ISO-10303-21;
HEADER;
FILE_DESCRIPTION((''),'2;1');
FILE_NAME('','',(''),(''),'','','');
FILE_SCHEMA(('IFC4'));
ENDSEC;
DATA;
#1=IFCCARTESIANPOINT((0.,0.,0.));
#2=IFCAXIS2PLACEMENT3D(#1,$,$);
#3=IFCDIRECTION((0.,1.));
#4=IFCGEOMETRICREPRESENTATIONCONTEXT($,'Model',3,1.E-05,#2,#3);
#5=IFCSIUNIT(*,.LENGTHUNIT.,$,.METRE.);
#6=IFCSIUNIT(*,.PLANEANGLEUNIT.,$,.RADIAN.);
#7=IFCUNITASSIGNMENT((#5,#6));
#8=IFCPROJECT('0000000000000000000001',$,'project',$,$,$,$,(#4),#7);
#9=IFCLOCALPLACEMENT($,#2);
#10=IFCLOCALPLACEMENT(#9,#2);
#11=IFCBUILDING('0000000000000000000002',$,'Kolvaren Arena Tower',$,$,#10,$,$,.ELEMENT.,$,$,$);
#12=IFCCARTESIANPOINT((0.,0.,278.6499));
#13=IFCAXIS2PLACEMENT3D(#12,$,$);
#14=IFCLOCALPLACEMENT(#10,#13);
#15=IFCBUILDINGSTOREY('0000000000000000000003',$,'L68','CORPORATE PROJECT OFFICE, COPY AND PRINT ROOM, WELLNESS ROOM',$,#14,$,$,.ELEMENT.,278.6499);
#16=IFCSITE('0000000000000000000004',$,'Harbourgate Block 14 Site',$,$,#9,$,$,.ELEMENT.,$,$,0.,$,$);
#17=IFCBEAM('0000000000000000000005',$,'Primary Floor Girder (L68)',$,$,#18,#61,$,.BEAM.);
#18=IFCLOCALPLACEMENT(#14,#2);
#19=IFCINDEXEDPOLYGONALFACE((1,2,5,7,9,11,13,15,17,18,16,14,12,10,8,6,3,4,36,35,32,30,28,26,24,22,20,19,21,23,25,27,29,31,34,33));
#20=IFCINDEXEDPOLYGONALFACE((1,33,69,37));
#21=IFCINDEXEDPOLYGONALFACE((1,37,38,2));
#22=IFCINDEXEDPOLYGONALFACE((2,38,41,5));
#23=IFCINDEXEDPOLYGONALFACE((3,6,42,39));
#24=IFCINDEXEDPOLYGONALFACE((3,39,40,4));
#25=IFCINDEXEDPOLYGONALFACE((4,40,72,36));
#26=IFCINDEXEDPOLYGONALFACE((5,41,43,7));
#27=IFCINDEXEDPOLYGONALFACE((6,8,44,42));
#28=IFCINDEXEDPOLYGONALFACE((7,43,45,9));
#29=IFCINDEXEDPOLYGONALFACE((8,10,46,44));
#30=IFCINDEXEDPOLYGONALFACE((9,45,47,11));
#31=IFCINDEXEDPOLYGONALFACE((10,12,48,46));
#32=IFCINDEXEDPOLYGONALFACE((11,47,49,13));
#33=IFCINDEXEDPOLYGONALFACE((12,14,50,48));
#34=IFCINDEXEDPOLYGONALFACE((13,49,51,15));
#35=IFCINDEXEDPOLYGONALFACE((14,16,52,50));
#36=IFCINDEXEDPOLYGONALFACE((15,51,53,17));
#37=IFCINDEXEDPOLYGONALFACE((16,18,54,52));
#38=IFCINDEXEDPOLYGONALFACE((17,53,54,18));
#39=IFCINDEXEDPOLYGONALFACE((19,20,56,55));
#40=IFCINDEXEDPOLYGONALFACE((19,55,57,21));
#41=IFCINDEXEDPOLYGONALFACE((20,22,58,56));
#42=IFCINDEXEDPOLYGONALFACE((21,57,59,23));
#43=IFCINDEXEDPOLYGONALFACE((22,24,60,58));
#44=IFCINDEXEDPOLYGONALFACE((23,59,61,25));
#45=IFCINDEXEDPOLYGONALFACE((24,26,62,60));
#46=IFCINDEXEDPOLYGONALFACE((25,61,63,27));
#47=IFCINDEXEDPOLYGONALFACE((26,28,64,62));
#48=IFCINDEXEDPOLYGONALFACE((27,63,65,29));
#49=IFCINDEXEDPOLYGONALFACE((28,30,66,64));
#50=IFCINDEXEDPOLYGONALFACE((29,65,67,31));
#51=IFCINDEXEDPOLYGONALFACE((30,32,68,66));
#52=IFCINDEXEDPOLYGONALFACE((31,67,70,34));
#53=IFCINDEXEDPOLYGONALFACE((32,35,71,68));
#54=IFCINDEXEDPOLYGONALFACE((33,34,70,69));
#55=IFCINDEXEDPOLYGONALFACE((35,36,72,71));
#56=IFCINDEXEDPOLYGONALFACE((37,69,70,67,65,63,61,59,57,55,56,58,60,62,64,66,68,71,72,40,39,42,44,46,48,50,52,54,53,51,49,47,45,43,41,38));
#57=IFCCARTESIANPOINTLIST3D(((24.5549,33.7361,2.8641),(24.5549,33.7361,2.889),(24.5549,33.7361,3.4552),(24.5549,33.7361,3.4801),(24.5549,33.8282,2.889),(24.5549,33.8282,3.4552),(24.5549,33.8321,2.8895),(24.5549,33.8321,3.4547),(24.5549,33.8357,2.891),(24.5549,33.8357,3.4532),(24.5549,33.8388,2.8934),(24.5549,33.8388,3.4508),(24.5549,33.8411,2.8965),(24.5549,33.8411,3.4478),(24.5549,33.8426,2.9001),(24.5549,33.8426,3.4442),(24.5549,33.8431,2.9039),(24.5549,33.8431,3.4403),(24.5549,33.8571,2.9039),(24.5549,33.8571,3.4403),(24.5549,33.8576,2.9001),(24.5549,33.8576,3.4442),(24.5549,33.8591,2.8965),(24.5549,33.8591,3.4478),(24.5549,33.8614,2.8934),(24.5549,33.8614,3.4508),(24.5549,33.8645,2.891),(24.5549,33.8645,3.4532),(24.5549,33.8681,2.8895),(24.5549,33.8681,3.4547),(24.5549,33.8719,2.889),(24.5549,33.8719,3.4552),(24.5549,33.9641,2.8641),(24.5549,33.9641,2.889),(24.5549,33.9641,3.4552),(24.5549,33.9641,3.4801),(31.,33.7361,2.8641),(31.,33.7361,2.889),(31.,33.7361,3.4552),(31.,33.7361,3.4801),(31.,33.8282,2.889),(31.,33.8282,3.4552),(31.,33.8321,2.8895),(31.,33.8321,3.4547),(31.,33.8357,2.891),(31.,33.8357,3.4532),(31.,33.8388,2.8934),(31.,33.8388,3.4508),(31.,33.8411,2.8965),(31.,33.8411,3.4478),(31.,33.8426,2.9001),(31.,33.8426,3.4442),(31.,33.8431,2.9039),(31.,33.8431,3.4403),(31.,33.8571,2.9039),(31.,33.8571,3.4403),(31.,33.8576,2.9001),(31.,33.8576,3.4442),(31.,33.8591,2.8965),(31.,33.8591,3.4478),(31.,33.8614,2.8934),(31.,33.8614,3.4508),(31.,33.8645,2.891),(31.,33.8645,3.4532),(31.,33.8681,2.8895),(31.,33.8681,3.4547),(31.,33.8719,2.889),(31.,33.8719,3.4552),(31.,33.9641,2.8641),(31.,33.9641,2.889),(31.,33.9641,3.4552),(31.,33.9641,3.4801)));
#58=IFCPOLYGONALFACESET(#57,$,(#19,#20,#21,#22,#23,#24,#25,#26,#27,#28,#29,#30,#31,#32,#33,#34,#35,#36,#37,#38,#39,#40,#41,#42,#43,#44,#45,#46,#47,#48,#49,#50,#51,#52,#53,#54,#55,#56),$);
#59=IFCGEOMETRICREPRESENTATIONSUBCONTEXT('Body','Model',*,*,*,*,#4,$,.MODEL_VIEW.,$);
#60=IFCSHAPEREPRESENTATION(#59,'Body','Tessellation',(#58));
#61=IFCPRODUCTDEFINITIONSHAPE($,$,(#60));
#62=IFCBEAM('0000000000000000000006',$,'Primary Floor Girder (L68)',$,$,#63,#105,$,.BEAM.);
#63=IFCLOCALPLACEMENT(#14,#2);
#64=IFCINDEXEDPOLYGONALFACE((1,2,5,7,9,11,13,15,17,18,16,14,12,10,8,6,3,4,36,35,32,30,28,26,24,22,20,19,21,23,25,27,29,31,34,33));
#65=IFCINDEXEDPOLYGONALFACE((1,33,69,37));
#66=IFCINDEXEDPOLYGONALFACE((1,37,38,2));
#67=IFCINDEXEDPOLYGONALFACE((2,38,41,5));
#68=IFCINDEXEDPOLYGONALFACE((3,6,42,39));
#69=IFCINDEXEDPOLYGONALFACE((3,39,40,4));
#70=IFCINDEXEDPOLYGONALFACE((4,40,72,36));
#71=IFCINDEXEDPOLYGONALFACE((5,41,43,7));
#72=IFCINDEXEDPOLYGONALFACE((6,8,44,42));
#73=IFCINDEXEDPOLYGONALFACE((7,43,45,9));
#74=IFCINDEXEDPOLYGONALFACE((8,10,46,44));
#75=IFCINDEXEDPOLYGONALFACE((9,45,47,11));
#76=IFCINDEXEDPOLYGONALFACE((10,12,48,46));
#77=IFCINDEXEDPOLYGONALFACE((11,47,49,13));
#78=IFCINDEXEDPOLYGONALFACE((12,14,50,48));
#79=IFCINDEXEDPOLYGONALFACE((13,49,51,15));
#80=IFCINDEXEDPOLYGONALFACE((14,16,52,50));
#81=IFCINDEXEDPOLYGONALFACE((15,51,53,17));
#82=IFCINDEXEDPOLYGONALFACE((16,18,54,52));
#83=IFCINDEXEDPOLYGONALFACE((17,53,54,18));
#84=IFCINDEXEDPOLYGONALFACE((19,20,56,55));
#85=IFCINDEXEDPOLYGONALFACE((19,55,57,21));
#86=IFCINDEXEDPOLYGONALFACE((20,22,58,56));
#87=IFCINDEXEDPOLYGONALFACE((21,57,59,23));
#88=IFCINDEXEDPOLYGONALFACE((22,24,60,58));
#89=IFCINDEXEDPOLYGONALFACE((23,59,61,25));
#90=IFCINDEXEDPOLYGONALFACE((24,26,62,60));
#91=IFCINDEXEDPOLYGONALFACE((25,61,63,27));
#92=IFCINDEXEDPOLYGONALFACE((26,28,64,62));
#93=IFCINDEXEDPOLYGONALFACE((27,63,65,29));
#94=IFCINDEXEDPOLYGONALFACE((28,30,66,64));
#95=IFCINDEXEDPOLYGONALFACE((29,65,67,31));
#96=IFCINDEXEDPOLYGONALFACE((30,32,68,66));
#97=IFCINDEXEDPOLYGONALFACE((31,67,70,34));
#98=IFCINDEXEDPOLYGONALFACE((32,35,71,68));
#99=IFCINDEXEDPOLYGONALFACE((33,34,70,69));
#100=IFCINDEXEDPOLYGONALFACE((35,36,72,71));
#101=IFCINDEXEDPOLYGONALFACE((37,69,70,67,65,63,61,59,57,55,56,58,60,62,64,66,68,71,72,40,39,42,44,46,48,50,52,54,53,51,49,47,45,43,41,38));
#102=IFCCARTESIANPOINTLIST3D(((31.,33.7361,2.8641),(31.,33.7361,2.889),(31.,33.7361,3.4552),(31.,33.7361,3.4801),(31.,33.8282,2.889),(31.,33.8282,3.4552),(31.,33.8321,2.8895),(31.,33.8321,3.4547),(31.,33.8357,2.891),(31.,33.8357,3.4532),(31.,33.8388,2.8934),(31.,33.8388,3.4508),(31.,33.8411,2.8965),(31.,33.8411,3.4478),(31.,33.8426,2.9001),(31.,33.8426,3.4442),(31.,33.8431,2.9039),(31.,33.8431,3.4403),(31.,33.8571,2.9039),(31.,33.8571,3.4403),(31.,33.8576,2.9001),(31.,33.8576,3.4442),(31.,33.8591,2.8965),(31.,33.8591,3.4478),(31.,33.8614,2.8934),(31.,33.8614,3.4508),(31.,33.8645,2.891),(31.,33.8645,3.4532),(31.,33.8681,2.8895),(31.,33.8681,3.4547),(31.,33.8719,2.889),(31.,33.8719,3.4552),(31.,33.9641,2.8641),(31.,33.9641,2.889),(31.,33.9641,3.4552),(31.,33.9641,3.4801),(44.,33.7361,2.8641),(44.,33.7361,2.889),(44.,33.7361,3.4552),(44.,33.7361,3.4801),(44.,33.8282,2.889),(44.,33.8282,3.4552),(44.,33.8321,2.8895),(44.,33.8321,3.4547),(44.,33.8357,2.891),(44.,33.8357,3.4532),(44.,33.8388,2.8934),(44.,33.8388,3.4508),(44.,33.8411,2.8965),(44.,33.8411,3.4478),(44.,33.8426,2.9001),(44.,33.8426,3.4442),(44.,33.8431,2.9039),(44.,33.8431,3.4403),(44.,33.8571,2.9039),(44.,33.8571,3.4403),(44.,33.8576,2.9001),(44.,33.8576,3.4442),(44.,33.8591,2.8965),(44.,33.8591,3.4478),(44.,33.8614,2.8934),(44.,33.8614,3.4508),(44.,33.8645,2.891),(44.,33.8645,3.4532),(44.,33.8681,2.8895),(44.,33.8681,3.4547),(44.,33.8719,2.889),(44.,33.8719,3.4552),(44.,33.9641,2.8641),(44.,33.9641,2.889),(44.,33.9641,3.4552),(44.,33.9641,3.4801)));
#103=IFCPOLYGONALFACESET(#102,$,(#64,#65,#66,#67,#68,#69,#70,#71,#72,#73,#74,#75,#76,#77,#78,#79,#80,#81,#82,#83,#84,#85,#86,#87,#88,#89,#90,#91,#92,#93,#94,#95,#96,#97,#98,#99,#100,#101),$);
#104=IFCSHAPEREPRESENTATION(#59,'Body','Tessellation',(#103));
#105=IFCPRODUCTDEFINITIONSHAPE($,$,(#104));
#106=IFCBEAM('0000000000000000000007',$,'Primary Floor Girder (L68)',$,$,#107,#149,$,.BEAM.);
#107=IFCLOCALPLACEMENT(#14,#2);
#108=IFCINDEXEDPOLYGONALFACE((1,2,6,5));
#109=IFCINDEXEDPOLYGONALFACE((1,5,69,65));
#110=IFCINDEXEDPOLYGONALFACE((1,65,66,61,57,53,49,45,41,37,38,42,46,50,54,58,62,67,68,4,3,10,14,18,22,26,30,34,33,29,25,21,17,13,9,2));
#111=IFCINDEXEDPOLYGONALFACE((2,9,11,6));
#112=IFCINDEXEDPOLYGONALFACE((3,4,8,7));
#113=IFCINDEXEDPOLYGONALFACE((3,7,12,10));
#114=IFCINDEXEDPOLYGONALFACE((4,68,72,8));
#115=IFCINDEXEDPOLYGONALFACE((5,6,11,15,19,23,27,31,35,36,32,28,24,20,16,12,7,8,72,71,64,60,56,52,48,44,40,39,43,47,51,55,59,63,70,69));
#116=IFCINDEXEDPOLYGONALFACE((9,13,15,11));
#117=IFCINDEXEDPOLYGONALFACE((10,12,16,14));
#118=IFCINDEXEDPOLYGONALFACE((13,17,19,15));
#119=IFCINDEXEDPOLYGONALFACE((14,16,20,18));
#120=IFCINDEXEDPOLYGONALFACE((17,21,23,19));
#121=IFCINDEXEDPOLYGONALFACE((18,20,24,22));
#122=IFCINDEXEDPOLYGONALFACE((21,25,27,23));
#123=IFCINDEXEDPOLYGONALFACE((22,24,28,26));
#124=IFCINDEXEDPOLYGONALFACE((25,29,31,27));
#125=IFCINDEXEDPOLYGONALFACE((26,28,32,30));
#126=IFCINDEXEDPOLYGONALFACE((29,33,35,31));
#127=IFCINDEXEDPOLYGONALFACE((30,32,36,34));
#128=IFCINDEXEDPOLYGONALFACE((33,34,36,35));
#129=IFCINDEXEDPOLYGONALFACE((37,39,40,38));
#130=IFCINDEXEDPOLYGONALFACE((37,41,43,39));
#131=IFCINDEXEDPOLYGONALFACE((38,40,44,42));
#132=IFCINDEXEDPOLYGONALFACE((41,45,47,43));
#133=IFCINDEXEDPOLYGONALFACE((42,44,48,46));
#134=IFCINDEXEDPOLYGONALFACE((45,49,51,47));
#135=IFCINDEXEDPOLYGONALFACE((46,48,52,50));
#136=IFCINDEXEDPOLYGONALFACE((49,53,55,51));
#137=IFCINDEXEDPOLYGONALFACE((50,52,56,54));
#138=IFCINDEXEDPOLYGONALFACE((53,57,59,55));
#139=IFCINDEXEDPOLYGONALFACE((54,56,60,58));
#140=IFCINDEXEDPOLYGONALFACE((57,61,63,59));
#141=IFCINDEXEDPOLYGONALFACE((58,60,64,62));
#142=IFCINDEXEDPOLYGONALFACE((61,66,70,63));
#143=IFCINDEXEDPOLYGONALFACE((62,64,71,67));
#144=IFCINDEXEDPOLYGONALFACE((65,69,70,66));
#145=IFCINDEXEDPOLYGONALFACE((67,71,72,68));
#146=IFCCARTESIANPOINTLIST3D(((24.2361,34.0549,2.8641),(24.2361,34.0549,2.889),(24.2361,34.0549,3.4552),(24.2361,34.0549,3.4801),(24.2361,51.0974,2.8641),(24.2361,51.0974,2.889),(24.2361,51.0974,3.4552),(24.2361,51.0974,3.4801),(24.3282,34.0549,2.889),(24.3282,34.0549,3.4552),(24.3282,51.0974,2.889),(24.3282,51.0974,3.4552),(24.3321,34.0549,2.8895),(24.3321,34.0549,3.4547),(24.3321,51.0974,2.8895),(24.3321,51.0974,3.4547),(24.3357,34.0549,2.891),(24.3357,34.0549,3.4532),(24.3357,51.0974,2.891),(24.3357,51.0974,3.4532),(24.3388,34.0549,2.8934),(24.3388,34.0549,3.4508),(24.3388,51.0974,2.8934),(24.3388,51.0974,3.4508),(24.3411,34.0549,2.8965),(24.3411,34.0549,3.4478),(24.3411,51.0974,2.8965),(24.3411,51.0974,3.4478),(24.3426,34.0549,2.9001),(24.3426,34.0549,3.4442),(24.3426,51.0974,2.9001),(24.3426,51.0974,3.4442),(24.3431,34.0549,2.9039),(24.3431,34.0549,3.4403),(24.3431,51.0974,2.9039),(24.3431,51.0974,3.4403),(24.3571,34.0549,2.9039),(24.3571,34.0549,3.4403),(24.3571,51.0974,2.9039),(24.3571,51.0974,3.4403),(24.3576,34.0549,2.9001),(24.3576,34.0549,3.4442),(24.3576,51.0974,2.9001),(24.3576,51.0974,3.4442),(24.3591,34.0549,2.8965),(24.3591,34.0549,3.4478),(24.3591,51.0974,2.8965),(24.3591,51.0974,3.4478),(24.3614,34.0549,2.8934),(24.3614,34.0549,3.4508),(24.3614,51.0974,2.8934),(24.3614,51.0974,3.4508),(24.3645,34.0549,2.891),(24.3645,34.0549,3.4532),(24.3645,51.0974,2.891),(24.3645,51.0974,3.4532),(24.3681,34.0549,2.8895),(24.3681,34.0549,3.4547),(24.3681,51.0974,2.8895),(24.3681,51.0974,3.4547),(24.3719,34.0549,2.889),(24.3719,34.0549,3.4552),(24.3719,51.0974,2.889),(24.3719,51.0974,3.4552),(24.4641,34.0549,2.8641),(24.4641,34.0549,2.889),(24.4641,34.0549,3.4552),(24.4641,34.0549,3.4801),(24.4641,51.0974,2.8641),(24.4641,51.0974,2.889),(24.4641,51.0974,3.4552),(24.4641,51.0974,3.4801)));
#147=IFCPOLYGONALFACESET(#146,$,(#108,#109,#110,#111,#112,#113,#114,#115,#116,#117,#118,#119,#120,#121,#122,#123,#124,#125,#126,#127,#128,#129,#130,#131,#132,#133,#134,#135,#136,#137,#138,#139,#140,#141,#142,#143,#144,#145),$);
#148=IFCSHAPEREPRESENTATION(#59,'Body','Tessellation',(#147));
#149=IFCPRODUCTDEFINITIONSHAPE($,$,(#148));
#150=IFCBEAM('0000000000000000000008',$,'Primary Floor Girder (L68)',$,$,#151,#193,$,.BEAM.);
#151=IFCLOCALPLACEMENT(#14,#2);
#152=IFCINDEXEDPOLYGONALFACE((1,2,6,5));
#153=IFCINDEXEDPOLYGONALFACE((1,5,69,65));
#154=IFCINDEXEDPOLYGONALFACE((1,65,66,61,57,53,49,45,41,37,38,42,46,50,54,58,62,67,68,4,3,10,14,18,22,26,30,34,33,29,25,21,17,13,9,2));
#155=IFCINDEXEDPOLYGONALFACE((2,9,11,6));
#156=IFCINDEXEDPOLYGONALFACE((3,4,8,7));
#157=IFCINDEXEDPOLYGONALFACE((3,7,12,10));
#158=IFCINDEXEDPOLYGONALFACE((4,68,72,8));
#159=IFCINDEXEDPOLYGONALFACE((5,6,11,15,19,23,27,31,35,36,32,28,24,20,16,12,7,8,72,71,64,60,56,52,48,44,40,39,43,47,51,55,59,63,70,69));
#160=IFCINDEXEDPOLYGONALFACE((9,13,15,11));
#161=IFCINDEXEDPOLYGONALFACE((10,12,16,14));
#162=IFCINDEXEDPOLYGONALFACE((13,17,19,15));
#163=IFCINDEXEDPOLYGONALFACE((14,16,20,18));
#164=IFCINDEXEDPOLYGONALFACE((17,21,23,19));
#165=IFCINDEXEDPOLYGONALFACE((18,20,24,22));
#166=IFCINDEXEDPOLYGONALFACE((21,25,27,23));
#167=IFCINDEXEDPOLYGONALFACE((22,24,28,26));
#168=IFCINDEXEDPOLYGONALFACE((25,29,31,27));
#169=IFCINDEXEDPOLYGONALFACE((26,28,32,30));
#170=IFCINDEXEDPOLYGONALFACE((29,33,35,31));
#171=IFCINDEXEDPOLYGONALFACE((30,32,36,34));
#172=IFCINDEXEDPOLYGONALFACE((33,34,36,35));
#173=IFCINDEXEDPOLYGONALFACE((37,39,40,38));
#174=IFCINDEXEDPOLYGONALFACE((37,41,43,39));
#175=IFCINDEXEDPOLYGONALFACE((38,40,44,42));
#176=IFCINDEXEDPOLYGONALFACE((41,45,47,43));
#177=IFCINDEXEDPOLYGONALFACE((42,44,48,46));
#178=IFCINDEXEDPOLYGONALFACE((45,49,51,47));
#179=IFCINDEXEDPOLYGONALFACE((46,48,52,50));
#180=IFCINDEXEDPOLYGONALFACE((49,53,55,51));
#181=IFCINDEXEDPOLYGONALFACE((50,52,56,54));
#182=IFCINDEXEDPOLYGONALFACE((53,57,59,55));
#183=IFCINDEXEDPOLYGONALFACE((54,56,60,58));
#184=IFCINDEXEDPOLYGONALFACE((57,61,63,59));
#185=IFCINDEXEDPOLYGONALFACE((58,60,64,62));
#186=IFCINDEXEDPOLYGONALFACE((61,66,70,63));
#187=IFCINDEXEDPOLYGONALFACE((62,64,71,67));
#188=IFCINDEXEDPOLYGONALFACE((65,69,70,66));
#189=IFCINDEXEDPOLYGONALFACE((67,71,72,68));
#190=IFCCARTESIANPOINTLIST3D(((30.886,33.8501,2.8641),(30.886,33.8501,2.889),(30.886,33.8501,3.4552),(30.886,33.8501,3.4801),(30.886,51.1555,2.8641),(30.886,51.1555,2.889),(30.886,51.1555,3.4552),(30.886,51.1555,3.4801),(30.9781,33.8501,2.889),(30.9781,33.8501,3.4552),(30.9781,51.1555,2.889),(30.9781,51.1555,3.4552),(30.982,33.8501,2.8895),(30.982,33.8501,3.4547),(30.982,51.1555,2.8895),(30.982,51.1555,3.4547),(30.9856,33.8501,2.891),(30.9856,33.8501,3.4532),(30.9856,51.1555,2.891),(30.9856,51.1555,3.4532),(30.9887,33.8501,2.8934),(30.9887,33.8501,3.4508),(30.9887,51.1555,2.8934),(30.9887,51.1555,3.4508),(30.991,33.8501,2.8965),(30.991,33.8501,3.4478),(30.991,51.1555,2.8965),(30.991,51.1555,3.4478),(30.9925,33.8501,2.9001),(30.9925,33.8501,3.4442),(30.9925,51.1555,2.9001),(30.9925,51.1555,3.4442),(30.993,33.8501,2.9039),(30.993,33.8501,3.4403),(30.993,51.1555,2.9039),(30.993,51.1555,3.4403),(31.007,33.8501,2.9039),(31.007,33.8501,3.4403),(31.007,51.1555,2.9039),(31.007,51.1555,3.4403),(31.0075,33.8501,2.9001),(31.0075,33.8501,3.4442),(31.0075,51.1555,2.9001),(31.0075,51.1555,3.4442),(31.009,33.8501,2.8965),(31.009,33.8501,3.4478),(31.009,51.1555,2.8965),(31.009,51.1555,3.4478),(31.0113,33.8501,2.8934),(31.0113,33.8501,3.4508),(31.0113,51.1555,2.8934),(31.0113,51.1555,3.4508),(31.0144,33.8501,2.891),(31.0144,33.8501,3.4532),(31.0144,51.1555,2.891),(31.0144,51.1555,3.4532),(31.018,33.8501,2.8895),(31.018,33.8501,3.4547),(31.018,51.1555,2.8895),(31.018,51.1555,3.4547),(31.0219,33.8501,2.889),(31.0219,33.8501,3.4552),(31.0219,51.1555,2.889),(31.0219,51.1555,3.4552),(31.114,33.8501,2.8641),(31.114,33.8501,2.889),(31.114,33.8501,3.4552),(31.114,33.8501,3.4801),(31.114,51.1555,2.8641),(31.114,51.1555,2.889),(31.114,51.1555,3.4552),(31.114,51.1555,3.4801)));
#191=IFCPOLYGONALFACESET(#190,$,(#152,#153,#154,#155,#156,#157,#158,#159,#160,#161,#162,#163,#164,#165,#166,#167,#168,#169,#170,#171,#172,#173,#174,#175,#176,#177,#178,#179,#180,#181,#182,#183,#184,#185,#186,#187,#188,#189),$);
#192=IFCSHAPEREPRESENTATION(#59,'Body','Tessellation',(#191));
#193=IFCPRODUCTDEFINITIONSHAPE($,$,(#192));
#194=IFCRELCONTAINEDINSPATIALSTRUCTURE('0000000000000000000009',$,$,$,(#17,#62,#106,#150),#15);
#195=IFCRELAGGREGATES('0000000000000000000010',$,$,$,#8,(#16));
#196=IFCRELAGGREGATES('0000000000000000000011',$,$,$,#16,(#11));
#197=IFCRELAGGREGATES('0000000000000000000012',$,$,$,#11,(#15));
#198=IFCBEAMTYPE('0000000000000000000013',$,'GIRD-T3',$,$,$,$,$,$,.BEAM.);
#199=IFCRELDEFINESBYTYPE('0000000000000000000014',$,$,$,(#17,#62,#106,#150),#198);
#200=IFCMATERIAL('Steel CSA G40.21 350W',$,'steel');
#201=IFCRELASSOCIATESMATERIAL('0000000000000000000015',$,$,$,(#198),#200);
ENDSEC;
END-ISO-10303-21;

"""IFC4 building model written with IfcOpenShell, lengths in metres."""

from ifc_helpers import new_model, si_unit, direction, frame, origin, origin_2d, place, context, subcontext, project, spatial, i_section, extrude, material, material_profile, profile_set, type_object, element, save


model = new_model("IFC4")

# Units and contexts
model_context = context("Model", 3, precision=1e-05, world=origin(), true_north=direction((0.0, 1.0)))
body_context = subcontext(model_context, "Body", "Model", "MODEL_VIEW")
ifc_project = project(units=[si_unit("LENGTHUNIT", "METRE"), si_unit("PLANEANGLEUNIT", "RADIAN")], contexts=[model_context])

# Site, building, storey
site_placement = place(None, origin())
site = spatial("IfcSite", under=ifc_project, at=site_placement, Name="Harbourgate Block 14 Site", CompositionType="ELEMENT", RefElevation=0.0)
building_placement = place(site_placement, origin())
building = spatial("IfcBuilding", under=site, at=building_placement, Name="Kolvaren Arena Tower", CompositionType="ELEMENT")
storey_placement = place(building_placement, frame((0.0, 0.0, 278.6499)))
storey = spatial("IfcBuildingStorey", under=building, at=storey_placement, Name="L68", Description="CORPORATE PROJECT OFFICE, COPY AND PRINT ROOM, WELLNESS ROOM", CompositionType="ELEMENT", Elevation=278.6499)

# Beams
ifc_material_1 = material(Name="Steel CSA G40.21 350W", Category="steel")
ifc_material_profile_1 = material_profile(ifc_material_1, i_section(OverallWidth=0.228, OverallDepth=0.616, WebThickness=0.0139, FlangeThickness=0.0249, FilletRadius=0.0149, at=origin_2d()), Name="W610x174")
ifc_profile_set_1 = profile_set([ifc_material_profile_1], Name="Steel CSA G40.21 350W")
beam_type_1 = type_object("IfcBeamType", Name="GIRD-T3", PredefinedType="BEAM", material=ifc_profile_set_1)
beam_1_placement = place(storey_placement, frame((24.5549, 33.8501, 3.1721), z_axis=(1.0, 0.0, 0.0), x_axis=(0.0, 1.0, 0.0)))
element("IfcBeam", 1, at=beam_1_placement, inside=storey, type_object=beam_type_1, Name="Primary Floor Girder (L68)", PredefinedType="BEAM", context=body_context, shape_type="SweptSolid", body=[
    extrude(i_section(OverallWidth=0.228, OverallDepth=0.616, WebThickness=0.0139, FlangeThickness=0.0249, FilletRadius=0.0149, at=origin_2d()), origin(), (0.0, 0.0, 1.0), 6.4451),
])
beam_2_placement = place(storey_placement, frame((31.0, 33.8501, 3.1721), z_axis=(1.0, 0.0, 0.0), x_axis=(0.0, 1.0, 0.0)))
element("IfcBeam", 2, at=beam_2_placement, inside=storey, type_object=beam_type_1, Name="Primary Floor Girder (L68)", PredefinedType="BEAM", context=body_context, shape_type="SweptSolid", body=[
    extrude(i_section(OverallWidth=0.228, OverallDepth=0.616, WebThickness=0.0139, FlangeThickness=0.0249, FilletRadius=0.0149, at=origin_2d()), origin(), (0.0, 0.0, 1.0), 13.0),
])
beam_3_placement = place(storey_placement, frame((24.3501, 34.0549, 3.1721), z_axis=(0.0, 1.0, 0.0), x_axis=(-1.0, 0.0, 0.0)))
element("IfcBeam", 3, at=beam_3_placement, inside=storey, type_object=beam_type_1, Name="Primary Floor Girder (L68)", PredefinedType="BEAM", context=body_context, shape_type="SweptSolid", body=[
    extrude(i_section(OverallWidth=0.228, OverallDepth=0.616, WebThickness=0.0139, FlangeThickness=0.0249, FilletRadius=0.0149, at=origin_2d()), origin(), (0.0, 0.0, 1.0), 17.0425),
])
beam_4_placement = place(storey_placement, frame((31.0, 33.8501, 3.1721), z_axis=(0.0, 1.0, 0.0), x_axis=(-1.0, 0.0, 0.0)))
element("IfcBeam", 4, at=beam_4_placement, inside=storey, type_object=beam_type_1, Name="Primary Floor Girder (L68)", PredefinedType="BEAM", context=body_context, shape_type="SweptSolid", body=[
    extrude(i_section(OverallWidth=0.228, OverallDepth=0.616, WebThickness=0.0139, FlangeThickness=0.0249, FilletRadius=0.0149, at=origin_2d()), origin(), (0.0, 0.0, 1.0), 17.3054),
])

save(model, "model.ifc")
